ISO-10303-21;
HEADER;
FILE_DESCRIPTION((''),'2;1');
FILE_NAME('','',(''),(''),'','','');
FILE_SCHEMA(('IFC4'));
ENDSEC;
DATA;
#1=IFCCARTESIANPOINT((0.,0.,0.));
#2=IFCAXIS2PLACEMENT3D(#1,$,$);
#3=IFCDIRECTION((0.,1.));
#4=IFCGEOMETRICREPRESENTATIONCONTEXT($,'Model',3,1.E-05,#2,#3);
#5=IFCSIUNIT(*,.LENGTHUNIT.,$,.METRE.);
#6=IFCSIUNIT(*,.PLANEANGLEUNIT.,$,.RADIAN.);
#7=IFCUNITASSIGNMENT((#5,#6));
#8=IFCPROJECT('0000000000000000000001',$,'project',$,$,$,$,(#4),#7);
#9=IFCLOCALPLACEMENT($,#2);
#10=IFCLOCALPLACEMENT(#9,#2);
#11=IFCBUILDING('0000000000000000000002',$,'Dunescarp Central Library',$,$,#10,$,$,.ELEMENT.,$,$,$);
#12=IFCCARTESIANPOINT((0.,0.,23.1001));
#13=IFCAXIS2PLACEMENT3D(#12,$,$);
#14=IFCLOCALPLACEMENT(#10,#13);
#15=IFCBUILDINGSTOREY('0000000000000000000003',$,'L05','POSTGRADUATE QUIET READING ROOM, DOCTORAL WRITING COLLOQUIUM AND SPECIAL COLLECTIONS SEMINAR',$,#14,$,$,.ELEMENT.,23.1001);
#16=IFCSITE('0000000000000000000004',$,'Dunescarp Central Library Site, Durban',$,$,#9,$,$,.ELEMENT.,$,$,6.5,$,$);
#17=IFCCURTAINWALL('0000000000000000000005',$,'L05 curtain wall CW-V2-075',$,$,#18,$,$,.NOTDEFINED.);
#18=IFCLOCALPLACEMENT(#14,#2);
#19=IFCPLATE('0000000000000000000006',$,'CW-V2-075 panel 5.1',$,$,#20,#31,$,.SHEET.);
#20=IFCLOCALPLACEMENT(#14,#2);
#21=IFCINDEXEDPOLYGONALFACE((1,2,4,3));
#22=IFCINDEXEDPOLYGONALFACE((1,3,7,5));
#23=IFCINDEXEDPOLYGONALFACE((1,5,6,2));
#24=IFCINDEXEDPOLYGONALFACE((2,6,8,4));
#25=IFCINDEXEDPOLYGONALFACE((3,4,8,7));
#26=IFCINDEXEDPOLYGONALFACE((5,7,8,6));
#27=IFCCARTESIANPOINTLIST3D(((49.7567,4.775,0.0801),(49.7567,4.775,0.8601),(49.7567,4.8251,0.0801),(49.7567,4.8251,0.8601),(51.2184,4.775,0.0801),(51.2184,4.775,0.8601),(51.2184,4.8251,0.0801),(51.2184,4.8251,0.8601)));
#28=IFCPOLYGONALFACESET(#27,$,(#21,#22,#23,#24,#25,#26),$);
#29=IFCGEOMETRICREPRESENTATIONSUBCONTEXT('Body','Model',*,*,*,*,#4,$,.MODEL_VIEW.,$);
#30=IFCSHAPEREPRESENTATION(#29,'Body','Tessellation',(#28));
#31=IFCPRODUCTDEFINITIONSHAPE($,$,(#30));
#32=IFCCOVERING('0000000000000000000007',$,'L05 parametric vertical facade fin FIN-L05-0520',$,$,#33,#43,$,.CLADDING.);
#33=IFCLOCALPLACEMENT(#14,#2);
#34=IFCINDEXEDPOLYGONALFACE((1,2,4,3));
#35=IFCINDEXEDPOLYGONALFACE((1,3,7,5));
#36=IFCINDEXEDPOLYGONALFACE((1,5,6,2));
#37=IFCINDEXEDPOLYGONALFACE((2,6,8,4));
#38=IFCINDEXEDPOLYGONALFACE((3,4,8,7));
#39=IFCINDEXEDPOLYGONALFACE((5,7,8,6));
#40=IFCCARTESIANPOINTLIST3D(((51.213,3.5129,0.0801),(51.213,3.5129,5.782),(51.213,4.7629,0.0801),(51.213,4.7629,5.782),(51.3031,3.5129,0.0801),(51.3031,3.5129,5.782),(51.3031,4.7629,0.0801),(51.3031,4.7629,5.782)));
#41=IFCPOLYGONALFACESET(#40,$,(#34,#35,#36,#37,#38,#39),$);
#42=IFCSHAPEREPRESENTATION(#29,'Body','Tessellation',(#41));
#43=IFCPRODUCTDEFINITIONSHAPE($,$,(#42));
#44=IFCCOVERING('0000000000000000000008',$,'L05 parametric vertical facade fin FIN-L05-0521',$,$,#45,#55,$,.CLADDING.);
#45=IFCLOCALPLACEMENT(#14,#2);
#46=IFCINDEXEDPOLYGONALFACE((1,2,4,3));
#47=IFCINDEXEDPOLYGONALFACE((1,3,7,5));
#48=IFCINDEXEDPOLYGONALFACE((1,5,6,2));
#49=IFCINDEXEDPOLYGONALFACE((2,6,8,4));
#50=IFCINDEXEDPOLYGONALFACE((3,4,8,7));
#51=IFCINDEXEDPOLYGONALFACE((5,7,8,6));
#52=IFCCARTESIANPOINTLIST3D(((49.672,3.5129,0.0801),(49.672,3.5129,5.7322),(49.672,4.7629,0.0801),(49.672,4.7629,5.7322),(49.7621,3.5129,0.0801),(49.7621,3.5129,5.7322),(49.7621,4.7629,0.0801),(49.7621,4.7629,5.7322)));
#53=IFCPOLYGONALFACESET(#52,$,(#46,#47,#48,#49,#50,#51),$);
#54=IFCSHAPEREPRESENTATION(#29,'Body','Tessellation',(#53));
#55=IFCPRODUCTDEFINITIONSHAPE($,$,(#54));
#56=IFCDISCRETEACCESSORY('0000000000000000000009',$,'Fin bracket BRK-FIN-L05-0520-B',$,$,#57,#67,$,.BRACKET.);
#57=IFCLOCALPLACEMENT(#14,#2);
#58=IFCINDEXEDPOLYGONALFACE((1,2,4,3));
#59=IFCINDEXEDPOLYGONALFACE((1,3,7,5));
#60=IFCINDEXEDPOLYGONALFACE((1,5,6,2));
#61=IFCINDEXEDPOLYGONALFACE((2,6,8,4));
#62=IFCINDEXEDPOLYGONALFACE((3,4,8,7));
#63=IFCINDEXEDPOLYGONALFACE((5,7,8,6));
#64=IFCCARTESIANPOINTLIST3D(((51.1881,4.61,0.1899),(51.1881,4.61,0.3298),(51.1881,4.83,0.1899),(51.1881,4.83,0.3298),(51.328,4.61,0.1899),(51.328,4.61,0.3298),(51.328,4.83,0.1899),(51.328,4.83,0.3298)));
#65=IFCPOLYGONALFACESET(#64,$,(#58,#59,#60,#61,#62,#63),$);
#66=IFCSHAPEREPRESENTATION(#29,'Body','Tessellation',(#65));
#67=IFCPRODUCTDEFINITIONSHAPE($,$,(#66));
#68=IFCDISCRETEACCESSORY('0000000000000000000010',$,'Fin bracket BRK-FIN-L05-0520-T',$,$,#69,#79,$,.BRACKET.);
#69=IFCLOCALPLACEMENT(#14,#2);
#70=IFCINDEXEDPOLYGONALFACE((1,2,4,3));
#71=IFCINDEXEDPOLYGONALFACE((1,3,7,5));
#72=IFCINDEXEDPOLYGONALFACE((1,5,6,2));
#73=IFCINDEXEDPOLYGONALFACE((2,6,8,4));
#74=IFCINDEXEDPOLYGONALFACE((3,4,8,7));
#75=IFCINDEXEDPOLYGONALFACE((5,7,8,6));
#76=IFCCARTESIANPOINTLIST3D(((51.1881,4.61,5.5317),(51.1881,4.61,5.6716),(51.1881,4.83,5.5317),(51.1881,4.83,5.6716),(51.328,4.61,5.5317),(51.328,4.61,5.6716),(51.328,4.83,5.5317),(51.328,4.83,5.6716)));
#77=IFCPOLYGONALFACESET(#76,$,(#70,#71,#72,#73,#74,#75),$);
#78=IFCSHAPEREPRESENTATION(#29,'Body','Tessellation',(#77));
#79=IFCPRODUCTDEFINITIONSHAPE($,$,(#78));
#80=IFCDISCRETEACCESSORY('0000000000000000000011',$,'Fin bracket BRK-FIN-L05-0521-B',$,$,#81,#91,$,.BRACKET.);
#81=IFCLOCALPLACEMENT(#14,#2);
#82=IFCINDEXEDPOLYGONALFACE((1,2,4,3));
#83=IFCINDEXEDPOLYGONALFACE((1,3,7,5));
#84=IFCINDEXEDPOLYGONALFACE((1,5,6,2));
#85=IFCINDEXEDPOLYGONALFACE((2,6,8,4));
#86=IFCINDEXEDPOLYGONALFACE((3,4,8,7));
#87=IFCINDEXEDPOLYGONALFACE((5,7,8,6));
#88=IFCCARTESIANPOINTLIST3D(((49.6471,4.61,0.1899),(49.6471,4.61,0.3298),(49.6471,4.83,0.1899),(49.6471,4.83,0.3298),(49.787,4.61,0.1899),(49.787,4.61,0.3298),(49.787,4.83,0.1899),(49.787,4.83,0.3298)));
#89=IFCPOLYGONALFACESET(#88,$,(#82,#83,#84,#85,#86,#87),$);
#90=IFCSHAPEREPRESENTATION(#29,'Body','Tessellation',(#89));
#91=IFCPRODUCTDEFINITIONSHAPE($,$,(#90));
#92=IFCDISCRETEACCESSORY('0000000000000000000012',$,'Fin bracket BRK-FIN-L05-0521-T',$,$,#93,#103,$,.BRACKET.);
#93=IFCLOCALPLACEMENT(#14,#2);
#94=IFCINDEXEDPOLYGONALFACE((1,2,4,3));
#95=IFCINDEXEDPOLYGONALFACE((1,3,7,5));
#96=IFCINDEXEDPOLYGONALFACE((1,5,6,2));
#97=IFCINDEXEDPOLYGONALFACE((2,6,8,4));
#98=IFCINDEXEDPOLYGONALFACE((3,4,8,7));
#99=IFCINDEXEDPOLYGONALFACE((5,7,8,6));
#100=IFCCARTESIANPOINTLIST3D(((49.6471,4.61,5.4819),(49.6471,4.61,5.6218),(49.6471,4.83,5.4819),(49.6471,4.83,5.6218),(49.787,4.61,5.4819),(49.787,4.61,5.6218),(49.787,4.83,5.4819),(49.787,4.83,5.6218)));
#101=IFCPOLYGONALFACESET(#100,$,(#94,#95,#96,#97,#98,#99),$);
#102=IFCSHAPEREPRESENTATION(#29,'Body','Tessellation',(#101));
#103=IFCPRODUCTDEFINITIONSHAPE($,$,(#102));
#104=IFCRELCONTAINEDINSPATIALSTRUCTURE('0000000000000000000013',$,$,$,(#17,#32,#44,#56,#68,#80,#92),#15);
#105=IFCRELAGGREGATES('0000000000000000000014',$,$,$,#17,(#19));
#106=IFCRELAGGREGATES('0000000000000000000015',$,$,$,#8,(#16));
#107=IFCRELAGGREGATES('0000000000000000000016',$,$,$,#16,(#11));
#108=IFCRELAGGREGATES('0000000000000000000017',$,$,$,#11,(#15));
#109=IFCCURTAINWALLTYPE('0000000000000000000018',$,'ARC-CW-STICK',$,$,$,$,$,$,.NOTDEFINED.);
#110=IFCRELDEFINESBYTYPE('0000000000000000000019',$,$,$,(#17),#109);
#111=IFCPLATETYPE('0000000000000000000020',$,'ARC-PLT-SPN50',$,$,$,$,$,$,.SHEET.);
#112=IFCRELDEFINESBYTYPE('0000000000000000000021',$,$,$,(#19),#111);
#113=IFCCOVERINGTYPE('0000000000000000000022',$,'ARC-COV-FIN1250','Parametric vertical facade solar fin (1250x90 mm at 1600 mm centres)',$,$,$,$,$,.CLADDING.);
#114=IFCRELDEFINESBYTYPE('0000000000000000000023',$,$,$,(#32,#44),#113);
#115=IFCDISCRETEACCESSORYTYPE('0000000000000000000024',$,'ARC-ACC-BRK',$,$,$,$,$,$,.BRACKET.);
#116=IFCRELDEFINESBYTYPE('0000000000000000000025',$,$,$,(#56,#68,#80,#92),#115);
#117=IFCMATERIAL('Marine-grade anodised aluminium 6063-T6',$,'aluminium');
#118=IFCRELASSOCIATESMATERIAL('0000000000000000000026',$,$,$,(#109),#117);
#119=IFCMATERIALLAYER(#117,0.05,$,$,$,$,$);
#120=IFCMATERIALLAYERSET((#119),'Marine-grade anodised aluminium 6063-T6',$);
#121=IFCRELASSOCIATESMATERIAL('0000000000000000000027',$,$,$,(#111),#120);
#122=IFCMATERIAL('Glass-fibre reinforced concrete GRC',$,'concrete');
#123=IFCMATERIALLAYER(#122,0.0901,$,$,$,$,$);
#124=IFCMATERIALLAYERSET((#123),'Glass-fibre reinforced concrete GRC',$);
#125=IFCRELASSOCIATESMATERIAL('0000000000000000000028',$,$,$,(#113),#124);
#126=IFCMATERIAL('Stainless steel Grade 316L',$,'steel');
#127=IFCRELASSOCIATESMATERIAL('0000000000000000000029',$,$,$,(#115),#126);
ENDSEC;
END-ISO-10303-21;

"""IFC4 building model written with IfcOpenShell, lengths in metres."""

from ifc_helpers import new_model, si_unit, direction, frame, origin, origin_2d, place, context, subcontext, project, spatial, rectangle, extrude, material, layer, layer_set, type_object, element, aggregate, save


model = new_model("IFC4")

# Units and contexts
model_context = context("Model", 3, precision=1e-05, world=origin(), true_north=direction((0.0, 1.0)))
body_context = subcontext(model_context, "Body", "Model", "MODEL_VIEW")
ifc_project = project(units=[si_unit("LENGTHUNIT", "METRE"), si_unit("PLANEANGLEUNIT", "RADIAN")], contexts=[model_context])

# Site, building, storey
site_placement = place(None, origin())
site = spatial("IfcSite", under=ifc_project, at=site_placement, Name="Dunescarp Central Library Site, Durban", CompositionType="ELEMENT", RefElevation=6.5)
building_placement = place(site_placement, origin())
building = spatial("IfcBuilding", under=site, at=building_placement, Name="Dunescarp Central Library", CompositionType="ELEMENT")
storey_placement = place(building_placement, frame((0.0, 0.0, 23.1001)))
storey = spatial("IfcBuildingStorey", under=building, at=storey_placement, Name="L05", Description="POSTGRADUATE QUIET READING ROOM, DOCTORAL WRITING COLLOQUIUM AND SPECIAL COLLECTIONS SEMINAR", CompositionType="ELEMENT", Elevation=23.1001)

# Curtain wall, plate
ifc_material_1 = material(Name="Marine-grade anodised aluminium 6063-T6", Category="aluminium")
curtain_wall_type = type_object("IfcCurtainWallType", Name="ARC-CW-STICK", PredefinedType="NOTDEFINED", material=ifc_material_1)
curtain_wall_placement = place(storey_placement, origin())
curtain_wall = element("IfcCurtainWall", 1, at=curtain_wall_placement, inside=storey, type_object=curtain_wall_type, Name="L05 curtain wall CW-V2-075", PredefinedType="NOTDEFINED")
ifc_layer_1 = layer(ifc_material_1, 0.05)
ifc_layer_set_1 = layer_set([ifc_layer_1], Name="Marine-grade anodised aluminium 6063-T6")
plate_type_1 = type_object("IfcPlateType", Name="ARC-PLT-SPN50", PredefinedType="SHEET", material=ifc_layer_set_1)
plate_1_placement = place(storey_placement, frame((50.4875, 4.8, 0.0801), z_axis=(0.0, 0.0, 1.0), x_axis=(-1.0, 0.0, 0.0)))
plate_1 = element("IfcPlate", 2, at=plate_1_placement, type_object=plate_type_1, Name="CW-V2-075 panel 5.1", PredefinedType="SHEET", context=body_context, shape_type="SweptSolid", body=[
    extrude(rectangle(XDim=1.4617, YDim=0.05, at=origin_2d()), origin(), (0.0, 0.0, 1.0), 0.78),
])
aggregate(curtain_wall, [plate_1])

# Coverings
ifc_material_2 = material(Name="Glass-fibre reinforced concrete GRC", Category="concrete")
ifc_layer_2 = layer(ifc_material_2, 0.0901)
ifc_layer_set_2 = layer_set([ifc_layer_2], Name="Glass-fibre reinforced concrete GRC")
covering_type = type_object("IfcCoveringType", Name="ARC-COV-FIN1250", Description="Parametric vertical facade solar fin (1250x90 mm at 1600 mm centres)", PredefinedType="CLADDING", material=ifc_layer_set_2)
covering_1_placement = place(storey_placement, frame((51.2581, 4.1379, 0.0801), z_axis=(0.0, 0.0, 1.0), x_axis=(0.0, -1.0, 0.0)))
element("IfcCovering", 3, at=covering_1_placement, inside=storey, type_object=covering_type, Name="L05 parametric vertical facade fin FIN-L05-0520", PredefinedType="CLADDING", context=body_context, shape_type="SweptSolid", body=[
    extrude(rectangle(XDim=1.25, YDim=0.0901, at=origin_2d()), origin(), (0.0, 0.0, 1.0), 5.7019),
])
covering_2_placement = place(storey_placement, frame((49.717, 4.1379, 0.0801), z_axis=(0.0, 0.0, 1.0), x_axis=(0.0, -1.0, 0.0)))
element("IfcCovering", 4, at=covering_2_placement, inside=storey, type_object=covering_type, Name="L05 parametric vertical facade fin FIN-L05-0521", PredefinedType="CLADDING", context=body_context, shape_type="SweptSolid", body=[
    extrude(rectangle(XDim=1.25, YDim=0.0901, at=origin_2d()), origin(), (0.0, 0.0, 1.0), 5.6521),
])

# Discrete accessories
ifc_material_3 = material(Name="Stainless steel Grade 316L", Category="steel")
discrete_accessory_type = type_object("IfcDiscreteAccessoryType", Name="ARC-ACC-BRK", PredefinedType="BRACKET", material=ifc_material_3)
for number, where, z_axis, x_axis, name in (
    (5, (51.2581, 4.72, 0.1899), (0.0, 0.0, 1.0), (0.0, -1.0, 0.0), "Fin bracket BRK-FIN-L05-0520-B"),
    (6, (51.2581, 4.72, 5.5317), (0.0, 0.0, 1.0), (0.0, -1.0, 0.0), "Fin bracket BRK-FIN-L05-0520-T"),
    (7, (49.717, 4.72, 0.1899), (0.0, 0.0, 1.0), (0.0, -1.0, 0.0), "Fin bracket BRK-FIN-L05-0521-B"),
    (8, (49.717, 4.72, 5.4819), (0.0, 0.0, 1.0), (0.0, -1.0, 0.0), "Fin bracket BRK-FIN-L05-0521-T"),
):
    element("IfcDiscreteAccessory", number, at=place(storey_placement, frame(where, z_axis=z_axis, x_axis=x_axis)), inside=storey, type_object=discrete_accessory_type, Name=name, PredefinedType="BRACKET", context=body_context, shape_type="SweptSolid", body=[
        extrude(rectangle(XDim=0.22, YDim=0.1399, at=origin_2d()), origin(), (0.0, 0.0, 1.0), 0.1399),
    ])

save(model, "model.ifc")
